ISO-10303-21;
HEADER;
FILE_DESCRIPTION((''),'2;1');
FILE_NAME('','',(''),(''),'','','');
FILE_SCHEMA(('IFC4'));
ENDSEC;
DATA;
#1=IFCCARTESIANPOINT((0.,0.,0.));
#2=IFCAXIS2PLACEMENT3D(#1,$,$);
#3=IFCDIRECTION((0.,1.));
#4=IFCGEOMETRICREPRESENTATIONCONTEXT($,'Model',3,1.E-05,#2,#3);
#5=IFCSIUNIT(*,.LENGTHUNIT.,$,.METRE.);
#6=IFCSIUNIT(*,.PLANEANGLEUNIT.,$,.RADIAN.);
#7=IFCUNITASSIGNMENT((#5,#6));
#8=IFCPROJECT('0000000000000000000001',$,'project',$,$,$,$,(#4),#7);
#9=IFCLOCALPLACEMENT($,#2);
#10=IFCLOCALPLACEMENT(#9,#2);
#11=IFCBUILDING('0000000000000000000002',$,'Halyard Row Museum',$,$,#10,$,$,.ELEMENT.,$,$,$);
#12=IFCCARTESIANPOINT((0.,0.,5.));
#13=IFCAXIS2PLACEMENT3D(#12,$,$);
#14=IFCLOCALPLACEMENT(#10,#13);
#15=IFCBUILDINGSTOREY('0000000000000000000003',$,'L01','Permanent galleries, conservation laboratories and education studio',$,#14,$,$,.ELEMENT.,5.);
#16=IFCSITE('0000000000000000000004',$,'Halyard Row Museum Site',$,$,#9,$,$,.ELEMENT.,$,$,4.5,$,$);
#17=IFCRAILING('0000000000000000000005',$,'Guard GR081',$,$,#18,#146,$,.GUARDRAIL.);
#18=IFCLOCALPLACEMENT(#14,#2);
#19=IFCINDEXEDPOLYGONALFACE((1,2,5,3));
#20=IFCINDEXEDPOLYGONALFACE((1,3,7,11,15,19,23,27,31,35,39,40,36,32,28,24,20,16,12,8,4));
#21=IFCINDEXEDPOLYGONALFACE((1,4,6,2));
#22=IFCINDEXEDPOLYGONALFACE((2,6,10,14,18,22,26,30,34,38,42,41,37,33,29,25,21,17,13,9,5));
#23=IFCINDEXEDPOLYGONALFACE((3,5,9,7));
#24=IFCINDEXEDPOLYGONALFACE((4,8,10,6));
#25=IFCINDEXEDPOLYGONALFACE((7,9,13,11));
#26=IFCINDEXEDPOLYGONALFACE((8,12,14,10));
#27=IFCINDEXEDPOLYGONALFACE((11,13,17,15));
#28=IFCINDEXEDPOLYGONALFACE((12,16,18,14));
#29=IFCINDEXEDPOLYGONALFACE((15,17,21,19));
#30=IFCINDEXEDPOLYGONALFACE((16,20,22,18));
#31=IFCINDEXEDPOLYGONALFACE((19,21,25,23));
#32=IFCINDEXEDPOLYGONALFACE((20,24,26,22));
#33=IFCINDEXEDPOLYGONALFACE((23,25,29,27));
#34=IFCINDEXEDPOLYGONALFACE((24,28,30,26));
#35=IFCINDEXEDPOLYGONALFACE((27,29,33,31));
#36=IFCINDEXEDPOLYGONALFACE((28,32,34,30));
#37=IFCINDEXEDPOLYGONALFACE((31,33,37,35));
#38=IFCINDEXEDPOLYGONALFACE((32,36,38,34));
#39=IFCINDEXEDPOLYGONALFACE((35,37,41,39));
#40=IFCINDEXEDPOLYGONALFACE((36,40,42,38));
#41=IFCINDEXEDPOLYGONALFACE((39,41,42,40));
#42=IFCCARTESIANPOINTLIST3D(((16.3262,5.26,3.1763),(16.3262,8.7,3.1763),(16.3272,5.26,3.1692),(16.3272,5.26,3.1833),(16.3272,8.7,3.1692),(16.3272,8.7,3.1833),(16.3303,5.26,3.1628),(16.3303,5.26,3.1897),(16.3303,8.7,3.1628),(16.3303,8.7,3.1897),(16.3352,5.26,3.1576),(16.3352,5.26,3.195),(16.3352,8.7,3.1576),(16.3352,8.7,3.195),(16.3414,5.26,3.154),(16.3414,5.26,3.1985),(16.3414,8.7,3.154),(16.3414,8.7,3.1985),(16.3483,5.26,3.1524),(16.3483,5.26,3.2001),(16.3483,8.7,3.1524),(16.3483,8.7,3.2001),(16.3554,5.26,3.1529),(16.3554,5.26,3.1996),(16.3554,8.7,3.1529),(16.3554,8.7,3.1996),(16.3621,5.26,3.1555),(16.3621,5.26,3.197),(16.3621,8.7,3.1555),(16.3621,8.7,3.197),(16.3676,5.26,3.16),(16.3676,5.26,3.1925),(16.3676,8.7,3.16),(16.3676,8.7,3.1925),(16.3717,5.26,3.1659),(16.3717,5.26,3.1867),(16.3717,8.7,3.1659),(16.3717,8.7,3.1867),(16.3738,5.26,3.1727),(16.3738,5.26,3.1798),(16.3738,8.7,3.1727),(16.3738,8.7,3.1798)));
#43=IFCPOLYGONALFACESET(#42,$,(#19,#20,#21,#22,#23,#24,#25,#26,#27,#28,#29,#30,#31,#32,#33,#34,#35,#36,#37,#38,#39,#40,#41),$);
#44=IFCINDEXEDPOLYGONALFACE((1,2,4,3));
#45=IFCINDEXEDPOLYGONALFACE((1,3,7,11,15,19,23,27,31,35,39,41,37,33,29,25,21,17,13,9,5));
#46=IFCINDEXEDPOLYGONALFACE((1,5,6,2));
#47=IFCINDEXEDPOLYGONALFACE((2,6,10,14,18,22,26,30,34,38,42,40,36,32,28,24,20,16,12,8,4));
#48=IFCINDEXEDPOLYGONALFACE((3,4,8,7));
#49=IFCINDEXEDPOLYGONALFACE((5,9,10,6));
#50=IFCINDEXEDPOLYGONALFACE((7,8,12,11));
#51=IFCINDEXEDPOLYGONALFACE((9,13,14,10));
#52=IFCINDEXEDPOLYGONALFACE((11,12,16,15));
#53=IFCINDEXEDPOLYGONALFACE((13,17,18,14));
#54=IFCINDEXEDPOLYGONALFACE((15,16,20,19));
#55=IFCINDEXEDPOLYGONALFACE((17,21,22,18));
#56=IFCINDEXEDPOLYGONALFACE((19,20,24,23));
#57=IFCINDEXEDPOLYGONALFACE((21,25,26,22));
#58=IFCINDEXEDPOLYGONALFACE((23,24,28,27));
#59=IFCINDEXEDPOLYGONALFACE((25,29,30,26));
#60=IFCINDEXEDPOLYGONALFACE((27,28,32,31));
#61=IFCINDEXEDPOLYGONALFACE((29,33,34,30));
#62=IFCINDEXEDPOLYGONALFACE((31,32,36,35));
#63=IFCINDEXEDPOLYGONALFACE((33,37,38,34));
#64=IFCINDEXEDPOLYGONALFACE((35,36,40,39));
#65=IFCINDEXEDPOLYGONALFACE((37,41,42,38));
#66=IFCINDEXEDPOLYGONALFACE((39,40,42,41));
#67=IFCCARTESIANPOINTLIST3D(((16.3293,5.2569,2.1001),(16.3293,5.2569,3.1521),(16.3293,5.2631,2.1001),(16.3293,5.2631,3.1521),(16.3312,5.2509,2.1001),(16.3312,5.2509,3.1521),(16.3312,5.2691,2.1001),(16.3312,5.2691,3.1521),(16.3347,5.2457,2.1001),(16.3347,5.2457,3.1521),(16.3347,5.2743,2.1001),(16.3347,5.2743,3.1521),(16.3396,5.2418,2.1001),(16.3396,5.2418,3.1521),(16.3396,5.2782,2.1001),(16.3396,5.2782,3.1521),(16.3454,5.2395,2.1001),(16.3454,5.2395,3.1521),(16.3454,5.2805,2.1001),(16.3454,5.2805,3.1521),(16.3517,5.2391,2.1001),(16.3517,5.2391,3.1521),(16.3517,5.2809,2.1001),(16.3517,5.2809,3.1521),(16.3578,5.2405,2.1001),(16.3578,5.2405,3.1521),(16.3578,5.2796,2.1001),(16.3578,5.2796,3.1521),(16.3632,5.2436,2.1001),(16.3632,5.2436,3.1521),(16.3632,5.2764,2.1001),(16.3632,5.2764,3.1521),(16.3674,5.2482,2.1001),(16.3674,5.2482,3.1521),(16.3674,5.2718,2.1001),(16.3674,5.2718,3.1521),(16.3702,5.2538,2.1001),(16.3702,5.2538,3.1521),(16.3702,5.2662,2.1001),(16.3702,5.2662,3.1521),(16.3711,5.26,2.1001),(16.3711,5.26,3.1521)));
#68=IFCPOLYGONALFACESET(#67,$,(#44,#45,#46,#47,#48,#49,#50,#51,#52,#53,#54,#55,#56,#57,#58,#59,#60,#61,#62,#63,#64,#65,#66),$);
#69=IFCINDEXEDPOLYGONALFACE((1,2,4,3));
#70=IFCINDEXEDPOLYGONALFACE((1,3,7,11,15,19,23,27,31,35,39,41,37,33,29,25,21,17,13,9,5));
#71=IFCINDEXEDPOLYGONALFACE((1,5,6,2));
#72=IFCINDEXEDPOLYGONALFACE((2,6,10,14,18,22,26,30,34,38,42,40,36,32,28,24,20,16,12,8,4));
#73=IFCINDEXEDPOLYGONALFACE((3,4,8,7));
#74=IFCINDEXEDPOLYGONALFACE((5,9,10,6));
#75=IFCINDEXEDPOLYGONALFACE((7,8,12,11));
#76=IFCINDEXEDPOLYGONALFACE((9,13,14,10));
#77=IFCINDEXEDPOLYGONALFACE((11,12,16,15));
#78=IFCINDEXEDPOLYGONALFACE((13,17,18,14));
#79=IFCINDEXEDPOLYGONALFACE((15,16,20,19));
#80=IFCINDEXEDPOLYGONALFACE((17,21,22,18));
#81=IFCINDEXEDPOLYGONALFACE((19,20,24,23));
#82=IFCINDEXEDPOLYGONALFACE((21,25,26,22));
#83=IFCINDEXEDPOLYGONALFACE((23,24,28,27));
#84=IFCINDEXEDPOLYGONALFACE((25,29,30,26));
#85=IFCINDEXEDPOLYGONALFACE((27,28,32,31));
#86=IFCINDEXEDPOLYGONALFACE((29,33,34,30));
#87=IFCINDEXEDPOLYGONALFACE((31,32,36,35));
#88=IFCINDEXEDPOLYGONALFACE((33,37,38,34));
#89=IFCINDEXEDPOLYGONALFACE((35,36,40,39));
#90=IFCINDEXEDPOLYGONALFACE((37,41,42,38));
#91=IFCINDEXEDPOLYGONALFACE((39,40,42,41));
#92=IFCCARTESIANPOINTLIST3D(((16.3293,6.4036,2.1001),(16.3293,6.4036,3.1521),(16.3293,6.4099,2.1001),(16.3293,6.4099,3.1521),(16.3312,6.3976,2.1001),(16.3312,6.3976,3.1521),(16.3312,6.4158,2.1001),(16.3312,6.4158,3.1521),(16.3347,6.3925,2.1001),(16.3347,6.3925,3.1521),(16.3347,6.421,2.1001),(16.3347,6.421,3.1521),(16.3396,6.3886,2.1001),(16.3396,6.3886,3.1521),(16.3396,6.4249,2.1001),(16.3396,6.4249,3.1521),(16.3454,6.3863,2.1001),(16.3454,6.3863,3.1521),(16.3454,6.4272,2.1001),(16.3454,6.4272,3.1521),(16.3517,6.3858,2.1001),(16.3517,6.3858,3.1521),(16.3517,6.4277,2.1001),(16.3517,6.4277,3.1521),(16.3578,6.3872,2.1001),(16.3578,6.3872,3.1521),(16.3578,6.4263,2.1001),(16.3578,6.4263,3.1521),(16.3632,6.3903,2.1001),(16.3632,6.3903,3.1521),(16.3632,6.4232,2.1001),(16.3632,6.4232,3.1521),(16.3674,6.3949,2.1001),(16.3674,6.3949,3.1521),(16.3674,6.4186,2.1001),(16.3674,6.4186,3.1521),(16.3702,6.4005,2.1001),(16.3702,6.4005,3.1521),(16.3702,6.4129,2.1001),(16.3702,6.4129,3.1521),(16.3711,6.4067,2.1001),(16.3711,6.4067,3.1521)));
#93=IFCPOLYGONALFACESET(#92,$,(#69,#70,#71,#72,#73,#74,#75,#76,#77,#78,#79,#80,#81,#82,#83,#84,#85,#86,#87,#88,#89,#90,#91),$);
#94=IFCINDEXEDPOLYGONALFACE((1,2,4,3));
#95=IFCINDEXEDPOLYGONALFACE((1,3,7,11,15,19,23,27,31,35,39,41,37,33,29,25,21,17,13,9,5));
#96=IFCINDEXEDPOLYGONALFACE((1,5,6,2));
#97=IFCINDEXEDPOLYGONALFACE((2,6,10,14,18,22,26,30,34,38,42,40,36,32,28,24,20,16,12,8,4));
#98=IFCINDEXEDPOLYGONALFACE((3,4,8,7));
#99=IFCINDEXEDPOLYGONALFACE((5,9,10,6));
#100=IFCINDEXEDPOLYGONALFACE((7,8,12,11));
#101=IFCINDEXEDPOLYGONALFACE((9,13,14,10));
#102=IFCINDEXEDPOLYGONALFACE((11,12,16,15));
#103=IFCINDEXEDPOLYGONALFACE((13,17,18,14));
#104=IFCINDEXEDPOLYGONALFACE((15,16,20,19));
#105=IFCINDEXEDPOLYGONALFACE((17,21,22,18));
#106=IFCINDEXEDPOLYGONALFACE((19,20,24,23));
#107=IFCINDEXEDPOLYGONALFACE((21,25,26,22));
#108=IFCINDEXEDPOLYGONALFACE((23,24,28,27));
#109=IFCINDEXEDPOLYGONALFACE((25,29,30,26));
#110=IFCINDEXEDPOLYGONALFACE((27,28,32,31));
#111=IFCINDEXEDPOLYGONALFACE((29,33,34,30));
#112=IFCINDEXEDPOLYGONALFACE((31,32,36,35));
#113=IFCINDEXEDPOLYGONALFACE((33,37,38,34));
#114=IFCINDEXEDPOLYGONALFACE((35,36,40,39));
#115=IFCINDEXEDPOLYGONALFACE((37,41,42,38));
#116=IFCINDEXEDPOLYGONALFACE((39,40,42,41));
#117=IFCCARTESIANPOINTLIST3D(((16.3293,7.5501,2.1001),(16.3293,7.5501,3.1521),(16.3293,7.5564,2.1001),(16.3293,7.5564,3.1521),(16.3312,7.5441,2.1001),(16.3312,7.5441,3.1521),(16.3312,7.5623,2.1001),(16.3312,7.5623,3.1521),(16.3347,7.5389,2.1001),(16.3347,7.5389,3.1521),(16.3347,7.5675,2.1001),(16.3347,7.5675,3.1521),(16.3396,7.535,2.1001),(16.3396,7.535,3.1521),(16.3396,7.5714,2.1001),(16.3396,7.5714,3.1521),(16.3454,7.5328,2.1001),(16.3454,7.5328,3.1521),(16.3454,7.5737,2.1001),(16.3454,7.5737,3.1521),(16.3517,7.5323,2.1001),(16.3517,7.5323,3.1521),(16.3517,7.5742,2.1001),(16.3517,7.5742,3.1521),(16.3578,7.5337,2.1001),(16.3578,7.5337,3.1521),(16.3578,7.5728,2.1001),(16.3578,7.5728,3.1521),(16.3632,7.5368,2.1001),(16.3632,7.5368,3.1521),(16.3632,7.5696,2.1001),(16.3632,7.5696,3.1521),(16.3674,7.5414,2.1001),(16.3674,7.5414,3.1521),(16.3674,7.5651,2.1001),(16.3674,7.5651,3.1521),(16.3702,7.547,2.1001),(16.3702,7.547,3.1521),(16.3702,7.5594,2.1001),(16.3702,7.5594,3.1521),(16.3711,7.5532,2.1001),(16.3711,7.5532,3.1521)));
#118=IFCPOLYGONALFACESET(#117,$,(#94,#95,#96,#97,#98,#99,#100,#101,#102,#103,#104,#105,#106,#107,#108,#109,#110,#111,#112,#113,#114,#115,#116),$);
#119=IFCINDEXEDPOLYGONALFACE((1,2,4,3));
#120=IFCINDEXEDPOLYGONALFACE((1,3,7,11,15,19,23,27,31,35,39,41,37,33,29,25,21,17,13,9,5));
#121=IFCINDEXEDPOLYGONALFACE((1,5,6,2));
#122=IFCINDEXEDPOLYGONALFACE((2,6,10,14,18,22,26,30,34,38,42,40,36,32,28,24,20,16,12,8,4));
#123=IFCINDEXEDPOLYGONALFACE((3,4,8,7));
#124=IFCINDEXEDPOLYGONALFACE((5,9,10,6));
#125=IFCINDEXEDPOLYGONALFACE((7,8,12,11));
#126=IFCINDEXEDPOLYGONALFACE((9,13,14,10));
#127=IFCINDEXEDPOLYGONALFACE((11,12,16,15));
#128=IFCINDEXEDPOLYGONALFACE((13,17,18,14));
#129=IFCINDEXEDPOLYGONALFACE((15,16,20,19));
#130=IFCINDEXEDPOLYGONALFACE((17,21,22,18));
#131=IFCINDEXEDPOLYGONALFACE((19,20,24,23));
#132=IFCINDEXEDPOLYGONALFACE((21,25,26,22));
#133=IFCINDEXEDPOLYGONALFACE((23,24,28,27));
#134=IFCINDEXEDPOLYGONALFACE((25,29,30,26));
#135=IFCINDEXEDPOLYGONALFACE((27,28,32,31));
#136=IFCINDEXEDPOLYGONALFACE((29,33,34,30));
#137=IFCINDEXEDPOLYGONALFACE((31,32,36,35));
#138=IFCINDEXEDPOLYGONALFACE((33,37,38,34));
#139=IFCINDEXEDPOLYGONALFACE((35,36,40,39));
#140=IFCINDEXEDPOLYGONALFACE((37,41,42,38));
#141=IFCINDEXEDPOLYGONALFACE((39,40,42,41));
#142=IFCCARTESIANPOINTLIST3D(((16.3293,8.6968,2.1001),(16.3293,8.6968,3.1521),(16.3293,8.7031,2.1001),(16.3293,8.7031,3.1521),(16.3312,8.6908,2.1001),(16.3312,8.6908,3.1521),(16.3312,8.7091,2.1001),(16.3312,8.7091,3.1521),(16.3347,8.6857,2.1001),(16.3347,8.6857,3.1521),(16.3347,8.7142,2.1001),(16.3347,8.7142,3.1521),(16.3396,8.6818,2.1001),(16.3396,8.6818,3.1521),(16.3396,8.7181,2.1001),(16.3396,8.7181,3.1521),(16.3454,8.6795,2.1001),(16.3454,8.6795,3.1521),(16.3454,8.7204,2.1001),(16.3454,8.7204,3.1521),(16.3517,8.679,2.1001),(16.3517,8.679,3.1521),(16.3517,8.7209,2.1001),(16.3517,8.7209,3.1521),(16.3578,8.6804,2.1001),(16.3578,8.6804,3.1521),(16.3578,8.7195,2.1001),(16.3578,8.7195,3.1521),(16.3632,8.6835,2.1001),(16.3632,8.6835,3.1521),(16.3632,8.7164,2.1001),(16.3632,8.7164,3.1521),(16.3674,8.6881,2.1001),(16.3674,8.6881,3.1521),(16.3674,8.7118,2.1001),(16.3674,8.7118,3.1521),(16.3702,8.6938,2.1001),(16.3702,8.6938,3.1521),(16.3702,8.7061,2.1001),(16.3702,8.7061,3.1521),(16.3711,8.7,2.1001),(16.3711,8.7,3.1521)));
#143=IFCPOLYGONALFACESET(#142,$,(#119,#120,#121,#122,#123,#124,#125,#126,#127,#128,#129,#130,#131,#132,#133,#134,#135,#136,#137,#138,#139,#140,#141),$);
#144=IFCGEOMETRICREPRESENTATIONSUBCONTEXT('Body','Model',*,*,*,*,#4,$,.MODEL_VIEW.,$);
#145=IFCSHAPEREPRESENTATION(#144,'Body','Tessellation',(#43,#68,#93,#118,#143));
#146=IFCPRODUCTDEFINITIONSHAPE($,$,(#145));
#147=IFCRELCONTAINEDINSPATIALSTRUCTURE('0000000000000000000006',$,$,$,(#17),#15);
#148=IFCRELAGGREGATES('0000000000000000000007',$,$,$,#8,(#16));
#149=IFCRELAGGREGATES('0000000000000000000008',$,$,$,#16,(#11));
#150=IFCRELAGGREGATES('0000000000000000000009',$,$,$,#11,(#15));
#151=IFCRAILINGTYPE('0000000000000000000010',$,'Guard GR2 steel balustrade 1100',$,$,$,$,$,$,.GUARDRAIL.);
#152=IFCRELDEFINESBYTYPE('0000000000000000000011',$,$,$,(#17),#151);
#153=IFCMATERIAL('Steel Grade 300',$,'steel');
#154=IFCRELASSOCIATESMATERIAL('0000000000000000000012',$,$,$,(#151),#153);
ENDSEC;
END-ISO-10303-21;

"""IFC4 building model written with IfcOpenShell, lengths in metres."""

from ifc_helpers import new_model, si_unit, direction, frame, origin, origin_2d, place, context, subcontext, project, spatial, circle, extrude, material, type_object, element, save


model = new_model("IFC4")

# Units and contexts
model_context = context("Model", 3, precision=1e-05, world=origin(), true_north=direction((0.0, 1.0)))
body_context = subcontext(model_context, "Body", "Model", "MODEL_VIEW")
ifc_project = project(units=[si_unit("LENGTHUNIT", "METRE"), si_unit("PLANEANGLEUNIT", "RADIAN")], contexts=[model_context])

# Site, building, storey
site_placement = place(None, origin())
site = spatial("IfcSite", under=ifc_project, at=site_placement, Name="Halyard Row Museum Site", CompositionType="ELEMENT", RefElevation=4.5)
building_placement = place(site_placement, origin())
building = spatial("IfcBuilding", under=site, at=building_placement, Name="Halyard Row Museum", CompositionType="ELEMENT")
storey_placement = place(building_placement, frame((0.0, 0.0, 5.0)))
storey = spatial("IfcBuildingStorey", under=building, at=storey_placement, Name="L01", Description="Permanent galleries, conservation laboratories and education studio", CompositionType="ELEMENT", Elevation=5.0)

# Railing
ifc_material_1 = material(Name="Steel Grade 300", Category="steel")
railing_type_1 = type_object("IfcRailingType", Name="Guard GR2 steel balustrade 1100", PredefinedType="GUARDRAIL", material=ifc_material_1)
railing_1_placement = place(storey_placement, frame((16.3501, 5.26, 2.1001)))
element("IfcRailing", 1, at=railing_1_placement, inside=storey, type_object=railing_type_1, Name="Guard GR081", PredefinedType="GUARDRAIL", context=body_context, shape_type="SweptSolid", body=[
    extrude(circle(Radius=0.0239, at=origin_2d()), frame((0.0, 0.0, 1.0762), z_axis=(0.0, 1.0, 0.0), x_axis=(-1.0, 0.0, 0.0)), (0.0, 0.0, 1.0), 3.4399),
    extrude(circle(Radius=0.021, at=origin_2d()), origin(), (0.0, 0.0, 1.0), 1.052),
    extrude(circle(Radius=0.021, at=origin_2d()), frame((0.0, 1.1467, 0.0)), (0.0, 0.0, 1.0), 1.052),
    extrude(circle(Radius=0.021, at=origin_2d()), frame((0.0, 2.2932, 0.0)), (0.0, 0.0, 1.0), 1.052),
    extrude(circle(Radius=0.021, at=origin_2d()), frame((0.0, 3.4399, 0.0)), (0.0, 0.0, 1.0), 1.052),
])

save(model, "model.ifc")
